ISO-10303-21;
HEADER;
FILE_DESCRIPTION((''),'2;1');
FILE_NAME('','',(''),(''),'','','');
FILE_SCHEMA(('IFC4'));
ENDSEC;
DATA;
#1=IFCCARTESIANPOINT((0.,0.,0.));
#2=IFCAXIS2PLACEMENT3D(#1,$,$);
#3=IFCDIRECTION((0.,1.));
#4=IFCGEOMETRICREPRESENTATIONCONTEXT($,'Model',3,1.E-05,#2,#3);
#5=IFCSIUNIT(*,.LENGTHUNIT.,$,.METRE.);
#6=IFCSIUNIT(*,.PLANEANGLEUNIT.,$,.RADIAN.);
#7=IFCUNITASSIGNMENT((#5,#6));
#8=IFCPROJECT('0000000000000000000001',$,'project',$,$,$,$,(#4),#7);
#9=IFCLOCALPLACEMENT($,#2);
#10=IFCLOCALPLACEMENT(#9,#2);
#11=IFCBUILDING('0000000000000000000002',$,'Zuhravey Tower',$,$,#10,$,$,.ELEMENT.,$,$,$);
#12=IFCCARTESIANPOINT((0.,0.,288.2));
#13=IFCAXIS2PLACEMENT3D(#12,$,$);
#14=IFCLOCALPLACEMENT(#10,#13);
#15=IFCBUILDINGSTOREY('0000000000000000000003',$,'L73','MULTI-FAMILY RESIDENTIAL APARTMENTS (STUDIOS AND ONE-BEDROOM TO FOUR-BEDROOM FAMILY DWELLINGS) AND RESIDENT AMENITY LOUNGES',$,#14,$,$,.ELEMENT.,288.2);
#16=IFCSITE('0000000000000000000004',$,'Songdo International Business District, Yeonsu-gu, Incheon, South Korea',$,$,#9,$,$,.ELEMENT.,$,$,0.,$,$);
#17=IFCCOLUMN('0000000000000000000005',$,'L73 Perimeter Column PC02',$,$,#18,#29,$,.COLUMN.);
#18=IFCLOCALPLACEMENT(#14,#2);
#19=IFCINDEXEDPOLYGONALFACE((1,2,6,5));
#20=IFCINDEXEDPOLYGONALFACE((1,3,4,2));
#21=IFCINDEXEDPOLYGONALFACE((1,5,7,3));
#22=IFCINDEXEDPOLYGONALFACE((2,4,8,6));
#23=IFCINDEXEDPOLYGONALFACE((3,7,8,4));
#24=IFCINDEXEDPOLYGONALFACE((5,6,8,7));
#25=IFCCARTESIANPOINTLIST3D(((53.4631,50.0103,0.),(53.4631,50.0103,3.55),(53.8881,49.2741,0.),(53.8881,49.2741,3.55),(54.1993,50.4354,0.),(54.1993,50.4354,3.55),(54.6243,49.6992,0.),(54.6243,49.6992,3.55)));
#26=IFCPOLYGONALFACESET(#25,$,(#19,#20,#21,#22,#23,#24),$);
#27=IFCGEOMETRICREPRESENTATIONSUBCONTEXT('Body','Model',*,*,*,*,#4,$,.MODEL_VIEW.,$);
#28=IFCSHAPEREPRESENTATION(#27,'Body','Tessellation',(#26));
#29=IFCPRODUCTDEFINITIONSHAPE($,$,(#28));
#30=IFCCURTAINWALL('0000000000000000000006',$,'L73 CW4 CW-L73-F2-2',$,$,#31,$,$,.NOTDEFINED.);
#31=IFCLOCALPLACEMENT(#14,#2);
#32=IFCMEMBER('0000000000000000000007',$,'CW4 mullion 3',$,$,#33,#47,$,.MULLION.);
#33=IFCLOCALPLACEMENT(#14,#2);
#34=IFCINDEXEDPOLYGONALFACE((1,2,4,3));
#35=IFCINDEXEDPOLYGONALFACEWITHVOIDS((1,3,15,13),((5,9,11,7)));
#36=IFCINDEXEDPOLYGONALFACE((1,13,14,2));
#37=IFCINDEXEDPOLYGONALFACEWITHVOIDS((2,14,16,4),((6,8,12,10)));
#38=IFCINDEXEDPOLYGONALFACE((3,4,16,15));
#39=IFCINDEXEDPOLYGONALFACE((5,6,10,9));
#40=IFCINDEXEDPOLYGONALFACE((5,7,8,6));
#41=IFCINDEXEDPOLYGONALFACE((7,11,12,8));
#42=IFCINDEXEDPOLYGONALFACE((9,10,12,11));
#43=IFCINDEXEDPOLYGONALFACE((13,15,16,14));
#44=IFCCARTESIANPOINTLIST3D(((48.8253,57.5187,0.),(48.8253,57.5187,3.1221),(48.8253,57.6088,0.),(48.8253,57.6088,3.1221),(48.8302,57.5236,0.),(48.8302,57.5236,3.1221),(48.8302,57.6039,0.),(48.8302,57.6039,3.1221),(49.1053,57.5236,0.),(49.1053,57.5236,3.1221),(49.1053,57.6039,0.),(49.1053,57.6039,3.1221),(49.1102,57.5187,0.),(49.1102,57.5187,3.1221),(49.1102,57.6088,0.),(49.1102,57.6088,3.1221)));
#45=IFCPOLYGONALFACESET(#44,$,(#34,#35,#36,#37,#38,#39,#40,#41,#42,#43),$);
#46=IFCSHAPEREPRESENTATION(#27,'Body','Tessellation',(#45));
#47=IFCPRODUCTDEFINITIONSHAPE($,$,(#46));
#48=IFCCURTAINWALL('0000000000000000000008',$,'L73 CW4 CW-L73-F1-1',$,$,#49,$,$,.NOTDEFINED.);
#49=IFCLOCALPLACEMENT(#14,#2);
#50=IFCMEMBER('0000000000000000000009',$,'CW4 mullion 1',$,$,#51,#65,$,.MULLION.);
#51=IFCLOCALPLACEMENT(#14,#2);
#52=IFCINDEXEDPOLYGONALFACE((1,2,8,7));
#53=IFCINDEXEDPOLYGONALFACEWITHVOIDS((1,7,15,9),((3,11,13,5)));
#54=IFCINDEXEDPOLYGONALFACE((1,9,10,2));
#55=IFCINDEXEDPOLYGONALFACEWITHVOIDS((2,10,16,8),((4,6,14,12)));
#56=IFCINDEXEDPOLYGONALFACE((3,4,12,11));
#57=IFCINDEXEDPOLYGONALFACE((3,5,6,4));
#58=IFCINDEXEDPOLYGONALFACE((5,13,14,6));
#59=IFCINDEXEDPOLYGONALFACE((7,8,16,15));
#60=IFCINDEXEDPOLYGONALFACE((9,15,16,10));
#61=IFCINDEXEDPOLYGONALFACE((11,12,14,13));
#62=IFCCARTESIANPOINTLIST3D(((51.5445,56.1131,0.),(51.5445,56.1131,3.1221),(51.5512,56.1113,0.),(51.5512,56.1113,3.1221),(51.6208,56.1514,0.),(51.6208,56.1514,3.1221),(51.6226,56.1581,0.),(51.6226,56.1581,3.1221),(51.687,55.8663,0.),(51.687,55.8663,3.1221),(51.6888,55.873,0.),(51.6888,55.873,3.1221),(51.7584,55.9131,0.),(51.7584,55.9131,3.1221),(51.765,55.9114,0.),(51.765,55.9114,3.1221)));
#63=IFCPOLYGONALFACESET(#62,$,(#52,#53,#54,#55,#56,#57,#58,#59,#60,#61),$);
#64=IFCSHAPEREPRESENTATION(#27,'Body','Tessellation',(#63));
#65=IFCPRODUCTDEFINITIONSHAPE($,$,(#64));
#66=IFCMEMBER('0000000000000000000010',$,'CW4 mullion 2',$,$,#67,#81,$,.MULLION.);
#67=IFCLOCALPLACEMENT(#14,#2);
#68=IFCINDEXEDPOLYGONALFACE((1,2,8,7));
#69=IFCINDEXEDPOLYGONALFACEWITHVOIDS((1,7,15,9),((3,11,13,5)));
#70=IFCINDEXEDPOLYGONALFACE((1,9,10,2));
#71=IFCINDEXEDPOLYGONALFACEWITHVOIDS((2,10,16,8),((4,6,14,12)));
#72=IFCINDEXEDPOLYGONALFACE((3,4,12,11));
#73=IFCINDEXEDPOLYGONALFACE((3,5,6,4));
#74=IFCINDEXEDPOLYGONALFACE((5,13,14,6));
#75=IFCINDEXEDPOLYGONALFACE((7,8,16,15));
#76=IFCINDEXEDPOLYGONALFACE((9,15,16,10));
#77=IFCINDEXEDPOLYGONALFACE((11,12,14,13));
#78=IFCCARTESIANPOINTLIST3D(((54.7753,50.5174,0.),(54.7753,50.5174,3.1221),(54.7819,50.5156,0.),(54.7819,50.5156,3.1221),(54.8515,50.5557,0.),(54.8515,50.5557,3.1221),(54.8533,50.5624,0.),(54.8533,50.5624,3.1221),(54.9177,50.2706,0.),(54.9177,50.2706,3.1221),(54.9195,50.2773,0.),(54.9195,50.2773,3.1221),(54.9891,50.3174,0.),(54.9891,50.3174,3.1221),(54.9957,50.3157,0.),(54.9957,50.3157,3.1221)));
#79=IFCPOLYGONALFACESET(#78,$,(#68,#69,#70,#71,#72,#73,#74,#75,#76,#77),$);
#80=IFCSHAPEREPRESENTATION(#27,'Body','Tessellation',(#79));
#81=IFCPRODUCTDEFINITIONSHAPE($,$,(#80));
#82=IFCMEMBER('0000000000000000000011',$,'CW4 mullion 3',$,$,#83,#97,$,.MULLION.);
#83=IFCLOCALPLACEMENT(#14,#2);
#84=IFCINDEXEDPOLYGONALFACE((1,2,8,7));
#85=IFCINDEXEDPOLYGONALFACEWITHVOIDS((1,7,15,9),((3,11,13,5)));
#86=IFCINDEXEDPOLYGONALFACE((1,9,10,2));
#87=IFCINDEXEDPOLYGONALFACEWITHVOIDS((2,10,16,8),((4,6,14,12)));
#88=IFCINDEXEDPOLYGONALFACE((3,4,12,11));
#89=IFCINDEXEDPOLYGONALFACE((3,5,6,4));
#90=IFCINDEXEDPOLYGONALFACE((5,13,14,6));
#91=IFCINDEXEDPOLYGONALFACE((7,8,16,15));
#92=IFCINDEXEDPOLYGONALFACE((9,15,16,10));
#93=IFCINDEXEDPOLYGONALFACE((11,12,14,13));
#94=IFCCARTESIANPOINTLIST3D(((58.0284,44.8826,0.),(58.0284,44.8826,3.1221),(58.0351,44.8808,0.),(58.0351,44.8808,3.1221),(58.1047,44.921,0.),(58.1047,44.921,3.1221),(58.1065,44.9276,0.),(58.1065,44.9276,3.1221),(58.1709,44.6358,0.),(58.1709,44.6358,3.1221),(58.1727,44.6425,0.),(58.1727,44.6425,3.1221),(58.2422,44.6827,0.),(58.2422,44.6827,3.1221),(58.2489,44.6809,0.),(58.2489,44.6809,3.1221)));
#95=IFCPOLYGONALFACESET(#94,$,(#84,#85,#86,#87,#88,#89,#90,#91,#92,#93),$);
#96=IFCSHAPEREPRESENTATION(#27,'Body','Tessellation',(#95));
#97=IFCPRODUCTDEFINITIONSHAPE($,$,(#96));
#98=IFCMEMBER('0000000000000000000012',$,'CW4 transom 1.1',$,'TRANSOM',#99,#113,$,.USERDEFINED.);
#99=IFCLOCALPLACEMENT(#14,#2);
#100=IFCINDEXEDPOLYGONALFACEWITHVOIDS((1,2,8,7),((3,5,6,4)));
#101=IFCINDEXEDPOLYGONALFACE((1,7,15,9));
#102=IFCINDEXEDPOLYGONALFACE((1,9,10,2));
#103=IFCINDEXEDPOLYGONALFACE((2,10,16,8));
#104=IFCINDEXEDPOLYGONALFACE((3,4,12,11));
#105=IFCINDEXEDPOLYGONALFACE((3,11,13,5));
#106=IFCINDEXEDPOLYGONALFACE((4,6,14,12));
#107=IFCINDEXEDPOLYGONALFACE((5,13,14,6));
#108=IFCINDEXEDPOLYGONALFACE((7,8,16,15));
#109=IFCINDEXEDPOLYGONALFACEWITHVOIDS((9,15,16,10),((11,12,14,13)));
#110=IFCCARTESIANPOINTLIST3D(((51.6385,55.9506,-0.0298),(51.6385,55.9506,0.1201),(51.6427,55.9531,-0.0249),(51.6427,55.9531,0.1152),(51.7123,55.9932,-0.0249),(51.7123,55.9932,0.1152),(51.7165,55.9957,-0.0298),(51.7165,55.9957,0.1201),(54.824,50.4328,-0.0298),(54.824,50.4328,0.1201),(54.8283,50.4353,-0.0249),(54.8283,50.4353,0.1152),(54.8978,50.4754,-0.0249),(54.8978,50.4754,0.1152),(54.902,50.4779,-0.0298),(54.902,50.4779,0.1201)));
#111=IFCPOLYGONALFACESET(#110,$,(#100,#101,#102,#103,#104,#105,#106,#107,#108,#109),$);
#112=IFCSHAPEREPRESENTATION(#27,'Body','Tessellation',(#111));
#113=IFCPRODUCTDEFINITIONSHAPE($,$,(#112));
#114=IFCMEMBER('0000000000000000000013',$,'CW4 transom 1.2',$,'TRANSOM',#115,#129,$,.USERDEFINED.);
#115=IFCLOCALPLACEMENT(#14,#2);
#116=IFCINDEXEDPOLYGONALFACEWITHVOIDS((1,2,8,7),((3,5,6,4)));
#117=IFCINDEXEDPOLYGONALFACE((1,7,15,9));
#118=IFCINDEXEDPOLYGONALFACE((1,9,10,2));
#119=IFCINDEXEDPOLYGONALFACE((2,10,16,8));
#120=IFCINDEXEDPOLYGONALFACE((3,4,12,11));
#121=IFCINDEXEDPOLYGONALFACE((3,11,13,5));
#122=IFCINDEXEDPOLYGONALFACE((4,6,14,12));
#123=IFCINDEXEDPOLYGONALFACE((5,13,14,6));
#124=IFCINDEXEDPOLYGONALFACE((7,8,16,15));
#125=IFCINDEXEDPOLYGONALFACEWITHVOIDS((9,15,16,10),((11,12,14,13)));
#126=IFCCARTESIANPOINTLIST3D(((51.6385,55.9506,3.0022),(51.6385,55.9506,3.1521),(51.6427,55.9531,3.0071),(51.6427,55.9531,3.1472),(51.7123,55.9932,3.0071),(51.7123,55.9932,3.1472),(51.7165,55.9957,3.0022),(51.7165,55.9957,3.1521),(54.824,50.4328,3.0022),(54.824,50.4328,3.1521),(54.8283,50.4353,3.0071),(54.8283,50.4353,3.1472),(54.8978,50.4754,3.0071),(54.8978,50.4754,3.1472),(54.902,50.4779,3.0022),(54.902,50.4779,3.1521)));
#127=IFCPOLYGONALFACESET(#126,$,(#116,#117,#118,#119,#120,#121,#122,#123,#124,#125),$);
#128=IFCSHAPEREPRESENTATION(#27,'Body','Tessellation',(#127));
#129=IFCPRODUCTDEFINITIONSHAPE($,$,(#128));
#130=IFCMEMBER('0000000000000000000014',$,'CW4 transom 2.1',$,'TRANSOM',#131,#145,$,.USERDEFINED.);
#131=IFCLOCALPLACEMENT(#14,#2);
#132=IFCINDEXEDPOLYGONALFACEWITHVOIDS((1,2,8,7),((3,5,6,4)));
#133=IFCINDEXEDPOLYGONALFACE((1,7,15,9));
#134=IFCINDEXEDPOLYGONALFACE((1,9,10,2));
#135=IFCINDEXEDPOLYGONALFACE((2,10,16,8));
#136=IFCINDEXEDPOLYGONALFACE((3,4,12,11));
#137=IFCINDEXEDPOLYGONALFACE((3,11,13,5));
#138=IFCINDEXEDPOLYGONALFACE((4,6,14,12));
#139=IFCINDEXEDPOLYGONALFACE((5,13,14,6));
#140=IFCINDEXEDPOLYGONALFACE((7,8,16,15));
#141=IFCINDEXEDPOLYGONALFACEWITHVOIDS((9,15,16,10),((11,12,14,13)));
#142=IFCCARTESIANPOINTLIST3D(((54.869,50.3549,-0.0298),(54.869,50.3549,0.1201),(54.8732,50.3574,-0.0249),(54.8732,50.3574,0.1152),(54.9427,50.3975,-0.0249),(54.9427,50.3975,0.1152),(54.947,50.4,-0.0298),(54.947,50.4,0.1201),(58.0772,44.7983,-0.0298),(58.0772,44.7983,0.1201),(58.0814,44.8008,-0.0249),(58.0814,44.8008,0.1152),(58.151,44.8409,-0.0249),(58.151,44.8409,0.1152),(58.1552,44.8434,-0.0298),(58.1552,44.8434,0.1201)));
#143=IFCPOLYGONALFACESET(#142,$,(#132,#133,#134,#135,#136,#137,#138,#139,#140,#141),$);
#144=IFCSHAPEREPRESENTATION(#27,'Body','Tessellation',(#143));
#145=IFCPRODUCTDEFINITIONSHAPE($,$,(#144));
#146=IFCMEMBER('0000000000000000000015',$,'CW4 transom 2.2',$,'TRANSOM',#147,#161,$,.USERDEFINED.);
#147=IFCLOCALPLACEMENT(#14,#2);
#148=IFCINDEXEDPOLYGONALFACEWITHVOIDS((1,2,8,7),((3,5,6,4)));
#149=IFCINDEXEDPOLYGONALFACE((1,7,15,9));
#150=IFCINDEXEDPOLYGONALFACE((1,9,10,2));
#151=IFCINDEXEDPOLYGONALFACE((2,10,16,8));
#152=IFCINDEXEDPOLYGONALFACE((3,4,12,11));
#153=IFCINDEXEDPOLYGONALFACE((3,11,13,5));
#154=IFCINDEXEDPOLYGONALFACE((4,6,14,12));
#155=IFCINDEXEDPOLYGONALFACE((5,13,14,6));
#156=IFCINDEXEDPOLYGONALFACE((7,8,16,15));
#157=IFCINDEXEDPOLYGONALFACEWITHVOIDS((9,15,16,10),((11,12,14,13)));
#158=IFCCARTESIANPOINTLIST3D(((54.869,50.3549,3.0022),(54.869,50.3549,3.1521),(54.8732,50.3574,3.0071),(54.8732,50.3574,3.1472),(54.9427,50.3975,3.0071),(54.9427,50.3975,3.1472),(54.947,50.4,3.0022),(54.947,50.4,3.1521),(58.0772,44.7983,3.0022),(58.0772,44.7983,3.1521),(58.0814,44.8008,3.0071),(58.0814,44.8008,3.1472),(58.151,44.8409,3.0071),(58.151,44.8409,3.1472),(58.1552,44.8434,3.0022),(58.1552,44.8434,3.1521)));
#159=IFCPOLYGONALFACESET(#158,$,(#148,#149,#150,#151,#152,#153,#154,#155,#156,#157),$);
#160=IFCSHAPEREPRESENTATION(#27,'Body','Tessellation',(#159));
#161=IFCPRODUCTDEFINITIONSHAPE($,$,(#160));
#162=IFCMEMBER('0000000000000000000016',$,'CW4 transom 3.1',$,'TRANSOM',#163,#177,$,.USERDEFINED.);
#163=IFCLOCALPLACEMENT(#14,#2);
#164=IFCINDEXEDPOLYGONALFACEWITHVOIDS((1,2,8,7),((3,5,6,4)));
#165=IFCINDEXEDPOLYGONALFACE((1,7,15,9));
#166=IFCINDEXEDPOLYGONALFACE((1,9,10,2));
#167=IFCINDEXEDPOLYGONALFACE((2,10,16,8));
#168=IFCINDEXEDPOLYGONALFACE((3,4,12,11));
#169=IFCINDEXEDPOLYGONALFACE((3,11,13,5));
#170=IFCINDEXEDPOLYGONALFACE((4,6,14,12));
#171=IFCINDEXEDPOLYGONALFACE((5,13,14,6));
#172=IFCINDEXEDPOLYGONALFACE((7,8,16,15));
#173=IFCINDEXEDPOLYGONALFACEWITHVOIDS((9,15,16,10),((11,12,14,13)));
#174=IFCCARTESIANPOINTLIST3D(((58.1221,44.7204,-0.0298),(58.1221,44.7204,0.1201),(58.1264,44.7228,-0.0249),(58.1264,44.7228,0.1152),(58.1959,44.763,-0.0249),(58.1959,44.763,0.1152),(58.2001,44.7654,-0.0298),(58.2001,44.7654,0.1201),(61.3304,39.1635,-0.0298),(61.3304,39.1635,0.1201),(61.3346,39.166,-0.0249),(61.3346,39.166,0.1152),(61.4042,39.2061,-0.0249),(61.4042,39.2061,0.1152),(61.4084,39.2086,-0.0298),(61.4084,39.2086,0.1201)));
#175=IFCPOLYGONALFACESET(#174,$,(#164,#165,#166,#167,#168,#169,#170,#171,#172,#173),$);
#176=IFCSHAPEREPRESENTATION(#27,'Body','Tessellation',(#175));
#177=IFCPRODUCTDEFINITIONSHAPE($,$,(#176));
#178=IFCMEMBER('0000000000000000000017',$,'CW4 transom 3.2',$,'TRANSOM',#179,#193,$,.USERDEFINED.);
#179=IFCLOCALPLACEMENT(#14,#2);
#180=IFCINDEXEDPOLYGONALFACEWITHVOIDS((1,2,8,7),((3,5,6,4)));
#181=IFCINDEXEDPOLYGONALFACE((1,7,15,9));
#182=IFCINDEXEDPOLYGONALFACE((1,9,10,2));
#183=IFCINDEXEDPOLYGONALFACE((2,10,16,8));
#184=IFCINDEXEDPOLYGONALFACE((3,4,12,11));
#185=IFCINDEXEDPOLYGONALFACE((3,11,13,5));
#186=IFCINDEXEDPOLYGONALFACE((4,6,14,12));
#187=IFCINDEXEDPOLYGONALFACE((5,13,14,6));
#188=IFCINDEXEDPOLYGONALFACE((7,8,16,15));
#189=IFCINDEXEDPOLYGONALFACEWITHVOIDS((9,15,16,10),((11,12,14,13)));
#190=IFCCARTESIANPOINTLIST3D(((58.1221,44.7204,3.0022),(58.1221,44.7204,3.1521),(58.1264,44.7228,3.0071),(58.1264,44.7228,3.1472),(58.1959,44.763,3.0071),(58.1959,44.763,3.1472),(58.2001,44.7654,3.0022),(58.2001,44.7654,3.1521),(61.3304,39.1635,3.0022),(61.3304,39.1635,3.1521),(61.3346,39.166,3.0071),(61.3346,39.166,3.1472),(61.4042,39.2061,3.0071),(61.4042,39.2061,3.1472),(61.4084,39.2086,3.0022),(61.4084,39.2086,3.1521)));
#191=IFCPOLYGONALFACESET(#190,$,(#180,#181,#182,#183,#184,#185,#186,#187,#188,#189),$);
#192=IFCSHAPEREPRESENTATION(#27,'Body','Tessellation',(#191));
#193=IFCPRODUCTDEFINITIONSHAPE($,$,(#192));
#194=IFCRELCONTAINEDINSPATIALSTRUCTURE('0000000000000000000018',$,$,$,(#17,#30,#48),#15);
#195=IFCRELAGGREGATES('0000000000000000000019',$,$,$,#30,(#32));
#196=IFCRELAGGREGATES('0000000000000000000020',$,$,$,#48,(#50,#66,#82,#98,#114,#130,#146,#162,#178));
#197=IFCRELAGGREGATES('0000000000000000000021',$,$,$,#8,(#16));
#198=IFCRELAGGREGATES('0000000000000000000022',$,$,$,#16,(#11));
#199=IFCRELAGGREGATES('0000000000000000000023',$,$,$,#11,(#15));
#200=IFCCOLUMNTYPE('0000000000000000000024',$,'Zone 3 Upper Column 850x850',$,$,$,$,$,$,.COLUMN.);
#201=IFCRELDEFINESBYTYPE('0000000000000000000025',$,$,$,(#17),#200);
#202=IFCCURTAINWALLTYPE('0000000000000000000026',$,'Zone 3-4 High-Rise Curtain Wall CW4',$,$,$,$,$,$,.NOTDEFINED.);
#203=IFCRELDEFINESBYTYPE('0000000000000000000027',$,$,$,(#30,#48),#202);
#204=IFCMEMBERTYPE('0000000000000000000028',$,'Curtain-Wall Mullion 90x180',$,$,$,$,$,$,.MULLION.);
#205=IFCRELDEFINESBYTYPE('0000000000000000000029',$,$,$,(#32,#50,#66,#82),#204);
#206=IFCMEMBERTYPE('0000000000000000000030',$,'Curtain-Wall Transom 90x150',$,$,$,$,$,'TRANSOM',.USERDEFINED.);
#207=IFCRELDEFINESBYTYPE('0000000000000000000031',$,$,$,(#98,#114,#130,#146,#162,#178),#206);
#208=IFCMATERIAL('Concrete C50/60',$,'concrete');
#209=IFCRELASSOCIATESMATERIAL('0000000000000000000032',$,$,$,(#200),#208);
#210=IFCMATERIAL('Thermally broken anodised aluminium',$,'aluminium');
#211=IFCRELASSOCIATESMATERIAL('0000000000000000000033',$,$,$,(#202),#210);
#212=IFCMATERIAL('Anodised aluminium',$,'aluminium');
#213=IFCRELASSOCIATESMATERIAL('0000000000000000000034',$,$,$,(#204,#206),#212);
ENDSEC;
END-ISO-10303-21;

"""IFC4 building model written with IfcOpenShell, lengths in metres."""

from ifc_helpers import new_model, si_unit, direction, frame, origin, origin_2d, place, context, subcontext, project, spatial, rectangle, hollow_rectangle, extrude, material, material_profile, profile_set, type_object, element, aggregate, save


model = new_model("IFC4")

# Units and contexts
model_context = context("Model", 3, precision=1e-05, world=origin(), true_north=direction((0.0, 1.0)))
body_context = subcontext(model_context, "Body", "Model", "MODEL_VIEW")
ifc_project = project(units=[si_unit("LENGTHUNIT", "METRE"), si_unit("PLANEANGLEUNIT", "RADIAN")], contexts=[model_context])

# Site, building, storey
site_placement = place(None, origin())
site = spatial("IfcSite", under=ifc_project, at=site_placement, Name="Songdo International Business District, Yeonsu-gu, Incheon, South Korea", CompositionType="ELEMENT", RefElevation=0.0)
building_placement = place(site_placement, origin())
building = spatial("IfcBuilding", under=site, at=building_placement, Name="Zuhravey Tower", CompositionType="ELEMENT")
storey_placement = place(building_placement, frame((0.0, 0.0, 288.2)))
storey = spatial("IfcBuildingStorey", under=building, at=storey_placement, Name="L73", Description="MULTI-FAMILY RESIDENTIAL APARTMENTS (STUDIOS AND ONE-BEDROOM TO FOUR-BEDROOM FAMILY DWELLINGS) AND RESIDENT AMENITY LOUNGES", CompositionType="ELEMENT", Elevation=288.2)

# Column
ifc_material_1 = material(Name="Concrete C50/60", Category="concrete")
ifc_material_profile_1 = material_profile(ifc_material_1, rectangle(XDim=0.8501, YDim=0.8501, at=origin_2d()), Name="RC-850x850")
ifc_profile_set_1 = profile_set([ifc_material_profile_1], Name="Concrete C50/60")
column_type = type_object("IfcColumnType", Name="Zone 3 Upper Column 850x850", PredefinedType="COLUMN", material=ifc_profile_set_1)
column_placement = place(storey_placement, frame((54.0437, 49.8547, 0.0), z_axis=(0.0, 0.0, 1.0), x_axis=(-0.5, 0.866025, 0.0)))
element("IfcColumn", 1, at=column_placement, inside=storey, type_object=column_type, Name="L73 Perimeter Column PC02", PredefinedType="COLUMN", context=body_context, shape_type="SweptSolid", body=[
    extrude(rectangle(XDim=0.8501, YDim=0.8501, at=origin_2d()), origin(), (0.0, 0.0, 1.0), 3.55),
])

# Curtain wall, member
ifc_material_2 = material(Name="Thermally broken anodised aluminium", Category="aluminium")
curtain_wall_type = type_object("IfcCurtainWallType", Name="Zone 3-4 High-Rise Curtain Wall CW4", PredefinedType="NOTDEFINED", material=ifc_material_2)
curtain_wall_1_placement = place(storey_placement, origin())
curtain_wall_1 = element("IfcCurtainWall", 2, at=curtain_wall_1_placement, inside=storey, type_object=curtain_wall_type, Name="L73 CW4 CW-L73-F2-2", PredefinedType="NOTDEFINED")
ifc_material_3 = material(Name="Anodised aluminium", Category="aluminium")
ifc_material_profile_2 = material_profile(ifc_material_3, hollow_rectangle(XDim=0.0901, YDim=0.2849, WallThickness=0.0049, at=origin_2d()), Name="ALU-RHS-90x285x5")
ifc_profile_set_2 = profile_set([ifc_material_profile_2], Name="Anodised aluminium")
member_type_1 = type_object("IfcMemberType", Name="Curtain-Wall Mullion 90x180", PredefinedType="MULLION", material=ifc_profile_set_2)
member_1_placement = place(storey_placement, frame((48.9678, 57.5637, 0.0), z_axis=(0.0, 0.0, 1.0), x_axis=(0.0, 1.0, 0.0)))
member_1 = element("IfcMember", 3, at=member_1_placement, type_object=member_type_1, Name="CW4 mullion 3", PredefinedType="MULLION", context=body_context, shape_type="SweptSolid", body=[
    extrude(hollow_rectangle(XDim=0.0901, YDim=0.2849, WallThickness=0.0049, at=origin_2d()), origin(), (0.0, 0.0, 1.0), 3.1221),
])
aggregate(curtain_wall_1, [member_1])

# Curtain wall, members
curtain_wall_2_placement = place(storey_placement, origin())
curtain_wall_2 = element("IfcCurtainWall", 4, at=curtain_wall_2_placement, inside=storey, type_object=curtain_wall_type, Name="L73 CW4 CW-L73-F1-1", PredefinedType="NOTDEFINED")
member_2_placement = place(storey_placement, frame((51.6548, 56.0122, 0.0), z_axis=(0.0, 0.0, 1.0), x_axis=(0.866025, 0.500001, 0.0)))
member_2 = element("IfcMember", 5, at=member_2_placement, type_object=member_type_1, Name="CW4 mullion 1", PredefinedType="MULLION", context=body_context, shape_type="SweptSolid", body=[
    extrude(hollow_rectangle(XDim=0.0901, YDim=0.2849, WallThickness=0.0049, at=origin_2d()), origin(), (0.0, 0.0, 1.0), 3.1221),
])
member_3_placement = place(storey_placement, frame((54.8855, 50.4165, 0.0), z_axis=(0.0, 0.0, 1.0), x_axis=(0.866025, 0.500001, 0.0)))
member_3 = element("IfcMember", 6, at=member_3_placement, type_object=member_type_1, Name="CW4 mullion 2", PredefinedType="MULLION", context=body_context, shape_type="SweptSolid", body=[
    extrude(hollow_rectangle(XDim=0.0901, YDim=0.2849, WallThickness=0.0049, at=origin_2d()), origin(), (0.0, 0.0, 1.0), 3.1221),
])
member_4_placement = place(storey_placement, frame((58.1387, 44.7817, 0.0), z_axis=(0.0, 0.0, 1.0), x_axis=(0.866025, 0.500001, 0.0)))
member_4 = element("IfcMember", 7, at=member_4_placement, type_object=member_type_1, Name="CW4 mullion 3", PredefinedType="MULLION", context=body_context, shape_type="SweptSolid", body=[
    extrude(hollow_rectangle(XDim=0.0901, YDim=0.2849, WallThickness=0.0049, at=origin_2d()), origin(), (0.0, 0.0, 1.0), 3.1221),
])
ifc_material_profile_3 = material_profile(ifc_material_3, hollow_rectangle(XDim=0.0901, YDim=0.1499, WallThickness=0.0049, at=origin_2d()), Name="ALU-RHS-90x150x5")
ifc_profile_set_3 = profile_set([ifc_material_profile_3], Name="Anodised aluminium")
member_type_2 = type_object("IfcMemberType", Name="Curtain-Wall Transom 90x150", ElementType="TRANSOM", PredefinedType="USERDEFINED", material=ifc_profile_set_3)
member_5_placement = place(storey_placement, frame((51.6775, 55.9731, 0.0452), z_axis=(0.49998, -0.866037, 0.0), x_axis=(0.866037, 0.49998, 0.0)))
member_5 = element("IfcMember", 8, at=member_5_placement, type_object=member_type_2, Name="CW4 transom 1.1", ObjectType="TRANSOM", PredefinedType="USERDEFINED", context=body_context, shape_type="SweptSolid", body=[
    extrude(hollow_rectangle(XDim=0.0901, YDim=0.1499, WallThickness=0.0049, at=origin_2d()), origin(), (0.0, 0.0, 1.0), 6.3713),
])
member_6_placement = place(storey_placement, frame((51.6775, 55.9731, 3.0771), z_axis=(0.49998, -0.866037, 0.0), x_axis=(0.866037, 0.49998, 0.0)))
member_6 = element("IfcMember", 9, at=member_6_placement, type_object=member_type_2, Name="CW4 transom 1.2", ObjectType="TRANSOM", PredefinedType="USERDEFINED", context=body_context, shape_type="SweptSolid", body=[
    extrude(hollow_rectangle(XDim=0.0901, YDim=0.1499, WallThickness=0.0049, at=origin_2d()), origin(), (0.0, 0.0, 1.0), 6.3713),
])
member_7_placement = place(storey_placement, frame((54.908, 50.3774, 0.0452), z_axis=(0.500014, -0.866017, 0.0), x_axis=(0.866017, 0.500014, 0.0)))
member_7 = element("IfcMember", 10, at=member_7_placement, type_object=member_type_2, Name="CW4 transom 2.1", ObjectType="TRANSOM", PredefinedType="USERDEFINED", context=body_context, shape_type="SweptSolid", body=[
    extrude(hollow_rectangle(XDim=0.0901, YDim=0.1499, WallThickness=0.0049, at=origin_2d()), origin(), (0.0, 0.0, 1.0), 6.4163),
])
member_8_placement = place(storey_placement, frame((54.908, 50.3774, 3.0771), z_axis=(0.500014, -0.866017, 0.0), x_axis=(0.866017, 0.500014, 0.0)))
member_8 = element("IfcMember", 11, at=member_8_placement, type_object=member_type_2, Name="CW4 transom 2.2", ObjectType="TRANSOM", PredefinedType="USERDEFINED", context=body_context, shape_type="SweptSolid", body=[
    extrude(hollow_rectangle(XDim=0.0901, YDim=0.1499, WallThickness=0.0049, at=origin_2d()), origin(), (0.0, 0.0, 1.0), 6.4163),
])
member_9_placement = place(storey_placement, frame((58.1611, 44.7429, 0.0452), z_axis=(0.499998, -0.866027, 0.0), x_axis=(0.866027, 0.499998, 0.0)))
member_9 = element("IfcMember", 12, at=member_9_placement, type_object=member_type_2, Name="CW4 transom 3.1", ObjectType="TRANSOM", PredefinedType="USERDEFINED", context=body_context, shape_type="SweptSolid", body=[
    extrude(hollow_rectangle(XDim=0.0901, YDim=0.1499, WallThickness=0.0049, at=origin_2d()), origin(), (0.0, 0.0, 1.0), 6.4165),
])
member_10_placement = place(storey_placement, frame((58.1611, 44.7429, 3.0771), z_axis=(0.499998, -0.866027, 0.0), x_axis=(0.866027, 0.499998, 0.0)))
member_10 = element("IfcMember", 13, at=member_10_placement, type_object=member_type_2, Name="CW4 transom 3.2", ObjectType="TRANSOM", PredefinedType="USERDEFINED", context=body_context, shape_type="SweptSolid", body=[
    extrude(hollow_rectangle(XDim=0.0901, YDim=0.1499, WallThickness=0.0049, at=origin_2d()), origin(), (0.0, 0.0, 1.0), 6.4165),
])

aggregate(curtain_wall_2, [member_2, member_3, member_4, member_5, member_6, member_7, member_8, member_9, member_10])

save(model, "model.ifc")
